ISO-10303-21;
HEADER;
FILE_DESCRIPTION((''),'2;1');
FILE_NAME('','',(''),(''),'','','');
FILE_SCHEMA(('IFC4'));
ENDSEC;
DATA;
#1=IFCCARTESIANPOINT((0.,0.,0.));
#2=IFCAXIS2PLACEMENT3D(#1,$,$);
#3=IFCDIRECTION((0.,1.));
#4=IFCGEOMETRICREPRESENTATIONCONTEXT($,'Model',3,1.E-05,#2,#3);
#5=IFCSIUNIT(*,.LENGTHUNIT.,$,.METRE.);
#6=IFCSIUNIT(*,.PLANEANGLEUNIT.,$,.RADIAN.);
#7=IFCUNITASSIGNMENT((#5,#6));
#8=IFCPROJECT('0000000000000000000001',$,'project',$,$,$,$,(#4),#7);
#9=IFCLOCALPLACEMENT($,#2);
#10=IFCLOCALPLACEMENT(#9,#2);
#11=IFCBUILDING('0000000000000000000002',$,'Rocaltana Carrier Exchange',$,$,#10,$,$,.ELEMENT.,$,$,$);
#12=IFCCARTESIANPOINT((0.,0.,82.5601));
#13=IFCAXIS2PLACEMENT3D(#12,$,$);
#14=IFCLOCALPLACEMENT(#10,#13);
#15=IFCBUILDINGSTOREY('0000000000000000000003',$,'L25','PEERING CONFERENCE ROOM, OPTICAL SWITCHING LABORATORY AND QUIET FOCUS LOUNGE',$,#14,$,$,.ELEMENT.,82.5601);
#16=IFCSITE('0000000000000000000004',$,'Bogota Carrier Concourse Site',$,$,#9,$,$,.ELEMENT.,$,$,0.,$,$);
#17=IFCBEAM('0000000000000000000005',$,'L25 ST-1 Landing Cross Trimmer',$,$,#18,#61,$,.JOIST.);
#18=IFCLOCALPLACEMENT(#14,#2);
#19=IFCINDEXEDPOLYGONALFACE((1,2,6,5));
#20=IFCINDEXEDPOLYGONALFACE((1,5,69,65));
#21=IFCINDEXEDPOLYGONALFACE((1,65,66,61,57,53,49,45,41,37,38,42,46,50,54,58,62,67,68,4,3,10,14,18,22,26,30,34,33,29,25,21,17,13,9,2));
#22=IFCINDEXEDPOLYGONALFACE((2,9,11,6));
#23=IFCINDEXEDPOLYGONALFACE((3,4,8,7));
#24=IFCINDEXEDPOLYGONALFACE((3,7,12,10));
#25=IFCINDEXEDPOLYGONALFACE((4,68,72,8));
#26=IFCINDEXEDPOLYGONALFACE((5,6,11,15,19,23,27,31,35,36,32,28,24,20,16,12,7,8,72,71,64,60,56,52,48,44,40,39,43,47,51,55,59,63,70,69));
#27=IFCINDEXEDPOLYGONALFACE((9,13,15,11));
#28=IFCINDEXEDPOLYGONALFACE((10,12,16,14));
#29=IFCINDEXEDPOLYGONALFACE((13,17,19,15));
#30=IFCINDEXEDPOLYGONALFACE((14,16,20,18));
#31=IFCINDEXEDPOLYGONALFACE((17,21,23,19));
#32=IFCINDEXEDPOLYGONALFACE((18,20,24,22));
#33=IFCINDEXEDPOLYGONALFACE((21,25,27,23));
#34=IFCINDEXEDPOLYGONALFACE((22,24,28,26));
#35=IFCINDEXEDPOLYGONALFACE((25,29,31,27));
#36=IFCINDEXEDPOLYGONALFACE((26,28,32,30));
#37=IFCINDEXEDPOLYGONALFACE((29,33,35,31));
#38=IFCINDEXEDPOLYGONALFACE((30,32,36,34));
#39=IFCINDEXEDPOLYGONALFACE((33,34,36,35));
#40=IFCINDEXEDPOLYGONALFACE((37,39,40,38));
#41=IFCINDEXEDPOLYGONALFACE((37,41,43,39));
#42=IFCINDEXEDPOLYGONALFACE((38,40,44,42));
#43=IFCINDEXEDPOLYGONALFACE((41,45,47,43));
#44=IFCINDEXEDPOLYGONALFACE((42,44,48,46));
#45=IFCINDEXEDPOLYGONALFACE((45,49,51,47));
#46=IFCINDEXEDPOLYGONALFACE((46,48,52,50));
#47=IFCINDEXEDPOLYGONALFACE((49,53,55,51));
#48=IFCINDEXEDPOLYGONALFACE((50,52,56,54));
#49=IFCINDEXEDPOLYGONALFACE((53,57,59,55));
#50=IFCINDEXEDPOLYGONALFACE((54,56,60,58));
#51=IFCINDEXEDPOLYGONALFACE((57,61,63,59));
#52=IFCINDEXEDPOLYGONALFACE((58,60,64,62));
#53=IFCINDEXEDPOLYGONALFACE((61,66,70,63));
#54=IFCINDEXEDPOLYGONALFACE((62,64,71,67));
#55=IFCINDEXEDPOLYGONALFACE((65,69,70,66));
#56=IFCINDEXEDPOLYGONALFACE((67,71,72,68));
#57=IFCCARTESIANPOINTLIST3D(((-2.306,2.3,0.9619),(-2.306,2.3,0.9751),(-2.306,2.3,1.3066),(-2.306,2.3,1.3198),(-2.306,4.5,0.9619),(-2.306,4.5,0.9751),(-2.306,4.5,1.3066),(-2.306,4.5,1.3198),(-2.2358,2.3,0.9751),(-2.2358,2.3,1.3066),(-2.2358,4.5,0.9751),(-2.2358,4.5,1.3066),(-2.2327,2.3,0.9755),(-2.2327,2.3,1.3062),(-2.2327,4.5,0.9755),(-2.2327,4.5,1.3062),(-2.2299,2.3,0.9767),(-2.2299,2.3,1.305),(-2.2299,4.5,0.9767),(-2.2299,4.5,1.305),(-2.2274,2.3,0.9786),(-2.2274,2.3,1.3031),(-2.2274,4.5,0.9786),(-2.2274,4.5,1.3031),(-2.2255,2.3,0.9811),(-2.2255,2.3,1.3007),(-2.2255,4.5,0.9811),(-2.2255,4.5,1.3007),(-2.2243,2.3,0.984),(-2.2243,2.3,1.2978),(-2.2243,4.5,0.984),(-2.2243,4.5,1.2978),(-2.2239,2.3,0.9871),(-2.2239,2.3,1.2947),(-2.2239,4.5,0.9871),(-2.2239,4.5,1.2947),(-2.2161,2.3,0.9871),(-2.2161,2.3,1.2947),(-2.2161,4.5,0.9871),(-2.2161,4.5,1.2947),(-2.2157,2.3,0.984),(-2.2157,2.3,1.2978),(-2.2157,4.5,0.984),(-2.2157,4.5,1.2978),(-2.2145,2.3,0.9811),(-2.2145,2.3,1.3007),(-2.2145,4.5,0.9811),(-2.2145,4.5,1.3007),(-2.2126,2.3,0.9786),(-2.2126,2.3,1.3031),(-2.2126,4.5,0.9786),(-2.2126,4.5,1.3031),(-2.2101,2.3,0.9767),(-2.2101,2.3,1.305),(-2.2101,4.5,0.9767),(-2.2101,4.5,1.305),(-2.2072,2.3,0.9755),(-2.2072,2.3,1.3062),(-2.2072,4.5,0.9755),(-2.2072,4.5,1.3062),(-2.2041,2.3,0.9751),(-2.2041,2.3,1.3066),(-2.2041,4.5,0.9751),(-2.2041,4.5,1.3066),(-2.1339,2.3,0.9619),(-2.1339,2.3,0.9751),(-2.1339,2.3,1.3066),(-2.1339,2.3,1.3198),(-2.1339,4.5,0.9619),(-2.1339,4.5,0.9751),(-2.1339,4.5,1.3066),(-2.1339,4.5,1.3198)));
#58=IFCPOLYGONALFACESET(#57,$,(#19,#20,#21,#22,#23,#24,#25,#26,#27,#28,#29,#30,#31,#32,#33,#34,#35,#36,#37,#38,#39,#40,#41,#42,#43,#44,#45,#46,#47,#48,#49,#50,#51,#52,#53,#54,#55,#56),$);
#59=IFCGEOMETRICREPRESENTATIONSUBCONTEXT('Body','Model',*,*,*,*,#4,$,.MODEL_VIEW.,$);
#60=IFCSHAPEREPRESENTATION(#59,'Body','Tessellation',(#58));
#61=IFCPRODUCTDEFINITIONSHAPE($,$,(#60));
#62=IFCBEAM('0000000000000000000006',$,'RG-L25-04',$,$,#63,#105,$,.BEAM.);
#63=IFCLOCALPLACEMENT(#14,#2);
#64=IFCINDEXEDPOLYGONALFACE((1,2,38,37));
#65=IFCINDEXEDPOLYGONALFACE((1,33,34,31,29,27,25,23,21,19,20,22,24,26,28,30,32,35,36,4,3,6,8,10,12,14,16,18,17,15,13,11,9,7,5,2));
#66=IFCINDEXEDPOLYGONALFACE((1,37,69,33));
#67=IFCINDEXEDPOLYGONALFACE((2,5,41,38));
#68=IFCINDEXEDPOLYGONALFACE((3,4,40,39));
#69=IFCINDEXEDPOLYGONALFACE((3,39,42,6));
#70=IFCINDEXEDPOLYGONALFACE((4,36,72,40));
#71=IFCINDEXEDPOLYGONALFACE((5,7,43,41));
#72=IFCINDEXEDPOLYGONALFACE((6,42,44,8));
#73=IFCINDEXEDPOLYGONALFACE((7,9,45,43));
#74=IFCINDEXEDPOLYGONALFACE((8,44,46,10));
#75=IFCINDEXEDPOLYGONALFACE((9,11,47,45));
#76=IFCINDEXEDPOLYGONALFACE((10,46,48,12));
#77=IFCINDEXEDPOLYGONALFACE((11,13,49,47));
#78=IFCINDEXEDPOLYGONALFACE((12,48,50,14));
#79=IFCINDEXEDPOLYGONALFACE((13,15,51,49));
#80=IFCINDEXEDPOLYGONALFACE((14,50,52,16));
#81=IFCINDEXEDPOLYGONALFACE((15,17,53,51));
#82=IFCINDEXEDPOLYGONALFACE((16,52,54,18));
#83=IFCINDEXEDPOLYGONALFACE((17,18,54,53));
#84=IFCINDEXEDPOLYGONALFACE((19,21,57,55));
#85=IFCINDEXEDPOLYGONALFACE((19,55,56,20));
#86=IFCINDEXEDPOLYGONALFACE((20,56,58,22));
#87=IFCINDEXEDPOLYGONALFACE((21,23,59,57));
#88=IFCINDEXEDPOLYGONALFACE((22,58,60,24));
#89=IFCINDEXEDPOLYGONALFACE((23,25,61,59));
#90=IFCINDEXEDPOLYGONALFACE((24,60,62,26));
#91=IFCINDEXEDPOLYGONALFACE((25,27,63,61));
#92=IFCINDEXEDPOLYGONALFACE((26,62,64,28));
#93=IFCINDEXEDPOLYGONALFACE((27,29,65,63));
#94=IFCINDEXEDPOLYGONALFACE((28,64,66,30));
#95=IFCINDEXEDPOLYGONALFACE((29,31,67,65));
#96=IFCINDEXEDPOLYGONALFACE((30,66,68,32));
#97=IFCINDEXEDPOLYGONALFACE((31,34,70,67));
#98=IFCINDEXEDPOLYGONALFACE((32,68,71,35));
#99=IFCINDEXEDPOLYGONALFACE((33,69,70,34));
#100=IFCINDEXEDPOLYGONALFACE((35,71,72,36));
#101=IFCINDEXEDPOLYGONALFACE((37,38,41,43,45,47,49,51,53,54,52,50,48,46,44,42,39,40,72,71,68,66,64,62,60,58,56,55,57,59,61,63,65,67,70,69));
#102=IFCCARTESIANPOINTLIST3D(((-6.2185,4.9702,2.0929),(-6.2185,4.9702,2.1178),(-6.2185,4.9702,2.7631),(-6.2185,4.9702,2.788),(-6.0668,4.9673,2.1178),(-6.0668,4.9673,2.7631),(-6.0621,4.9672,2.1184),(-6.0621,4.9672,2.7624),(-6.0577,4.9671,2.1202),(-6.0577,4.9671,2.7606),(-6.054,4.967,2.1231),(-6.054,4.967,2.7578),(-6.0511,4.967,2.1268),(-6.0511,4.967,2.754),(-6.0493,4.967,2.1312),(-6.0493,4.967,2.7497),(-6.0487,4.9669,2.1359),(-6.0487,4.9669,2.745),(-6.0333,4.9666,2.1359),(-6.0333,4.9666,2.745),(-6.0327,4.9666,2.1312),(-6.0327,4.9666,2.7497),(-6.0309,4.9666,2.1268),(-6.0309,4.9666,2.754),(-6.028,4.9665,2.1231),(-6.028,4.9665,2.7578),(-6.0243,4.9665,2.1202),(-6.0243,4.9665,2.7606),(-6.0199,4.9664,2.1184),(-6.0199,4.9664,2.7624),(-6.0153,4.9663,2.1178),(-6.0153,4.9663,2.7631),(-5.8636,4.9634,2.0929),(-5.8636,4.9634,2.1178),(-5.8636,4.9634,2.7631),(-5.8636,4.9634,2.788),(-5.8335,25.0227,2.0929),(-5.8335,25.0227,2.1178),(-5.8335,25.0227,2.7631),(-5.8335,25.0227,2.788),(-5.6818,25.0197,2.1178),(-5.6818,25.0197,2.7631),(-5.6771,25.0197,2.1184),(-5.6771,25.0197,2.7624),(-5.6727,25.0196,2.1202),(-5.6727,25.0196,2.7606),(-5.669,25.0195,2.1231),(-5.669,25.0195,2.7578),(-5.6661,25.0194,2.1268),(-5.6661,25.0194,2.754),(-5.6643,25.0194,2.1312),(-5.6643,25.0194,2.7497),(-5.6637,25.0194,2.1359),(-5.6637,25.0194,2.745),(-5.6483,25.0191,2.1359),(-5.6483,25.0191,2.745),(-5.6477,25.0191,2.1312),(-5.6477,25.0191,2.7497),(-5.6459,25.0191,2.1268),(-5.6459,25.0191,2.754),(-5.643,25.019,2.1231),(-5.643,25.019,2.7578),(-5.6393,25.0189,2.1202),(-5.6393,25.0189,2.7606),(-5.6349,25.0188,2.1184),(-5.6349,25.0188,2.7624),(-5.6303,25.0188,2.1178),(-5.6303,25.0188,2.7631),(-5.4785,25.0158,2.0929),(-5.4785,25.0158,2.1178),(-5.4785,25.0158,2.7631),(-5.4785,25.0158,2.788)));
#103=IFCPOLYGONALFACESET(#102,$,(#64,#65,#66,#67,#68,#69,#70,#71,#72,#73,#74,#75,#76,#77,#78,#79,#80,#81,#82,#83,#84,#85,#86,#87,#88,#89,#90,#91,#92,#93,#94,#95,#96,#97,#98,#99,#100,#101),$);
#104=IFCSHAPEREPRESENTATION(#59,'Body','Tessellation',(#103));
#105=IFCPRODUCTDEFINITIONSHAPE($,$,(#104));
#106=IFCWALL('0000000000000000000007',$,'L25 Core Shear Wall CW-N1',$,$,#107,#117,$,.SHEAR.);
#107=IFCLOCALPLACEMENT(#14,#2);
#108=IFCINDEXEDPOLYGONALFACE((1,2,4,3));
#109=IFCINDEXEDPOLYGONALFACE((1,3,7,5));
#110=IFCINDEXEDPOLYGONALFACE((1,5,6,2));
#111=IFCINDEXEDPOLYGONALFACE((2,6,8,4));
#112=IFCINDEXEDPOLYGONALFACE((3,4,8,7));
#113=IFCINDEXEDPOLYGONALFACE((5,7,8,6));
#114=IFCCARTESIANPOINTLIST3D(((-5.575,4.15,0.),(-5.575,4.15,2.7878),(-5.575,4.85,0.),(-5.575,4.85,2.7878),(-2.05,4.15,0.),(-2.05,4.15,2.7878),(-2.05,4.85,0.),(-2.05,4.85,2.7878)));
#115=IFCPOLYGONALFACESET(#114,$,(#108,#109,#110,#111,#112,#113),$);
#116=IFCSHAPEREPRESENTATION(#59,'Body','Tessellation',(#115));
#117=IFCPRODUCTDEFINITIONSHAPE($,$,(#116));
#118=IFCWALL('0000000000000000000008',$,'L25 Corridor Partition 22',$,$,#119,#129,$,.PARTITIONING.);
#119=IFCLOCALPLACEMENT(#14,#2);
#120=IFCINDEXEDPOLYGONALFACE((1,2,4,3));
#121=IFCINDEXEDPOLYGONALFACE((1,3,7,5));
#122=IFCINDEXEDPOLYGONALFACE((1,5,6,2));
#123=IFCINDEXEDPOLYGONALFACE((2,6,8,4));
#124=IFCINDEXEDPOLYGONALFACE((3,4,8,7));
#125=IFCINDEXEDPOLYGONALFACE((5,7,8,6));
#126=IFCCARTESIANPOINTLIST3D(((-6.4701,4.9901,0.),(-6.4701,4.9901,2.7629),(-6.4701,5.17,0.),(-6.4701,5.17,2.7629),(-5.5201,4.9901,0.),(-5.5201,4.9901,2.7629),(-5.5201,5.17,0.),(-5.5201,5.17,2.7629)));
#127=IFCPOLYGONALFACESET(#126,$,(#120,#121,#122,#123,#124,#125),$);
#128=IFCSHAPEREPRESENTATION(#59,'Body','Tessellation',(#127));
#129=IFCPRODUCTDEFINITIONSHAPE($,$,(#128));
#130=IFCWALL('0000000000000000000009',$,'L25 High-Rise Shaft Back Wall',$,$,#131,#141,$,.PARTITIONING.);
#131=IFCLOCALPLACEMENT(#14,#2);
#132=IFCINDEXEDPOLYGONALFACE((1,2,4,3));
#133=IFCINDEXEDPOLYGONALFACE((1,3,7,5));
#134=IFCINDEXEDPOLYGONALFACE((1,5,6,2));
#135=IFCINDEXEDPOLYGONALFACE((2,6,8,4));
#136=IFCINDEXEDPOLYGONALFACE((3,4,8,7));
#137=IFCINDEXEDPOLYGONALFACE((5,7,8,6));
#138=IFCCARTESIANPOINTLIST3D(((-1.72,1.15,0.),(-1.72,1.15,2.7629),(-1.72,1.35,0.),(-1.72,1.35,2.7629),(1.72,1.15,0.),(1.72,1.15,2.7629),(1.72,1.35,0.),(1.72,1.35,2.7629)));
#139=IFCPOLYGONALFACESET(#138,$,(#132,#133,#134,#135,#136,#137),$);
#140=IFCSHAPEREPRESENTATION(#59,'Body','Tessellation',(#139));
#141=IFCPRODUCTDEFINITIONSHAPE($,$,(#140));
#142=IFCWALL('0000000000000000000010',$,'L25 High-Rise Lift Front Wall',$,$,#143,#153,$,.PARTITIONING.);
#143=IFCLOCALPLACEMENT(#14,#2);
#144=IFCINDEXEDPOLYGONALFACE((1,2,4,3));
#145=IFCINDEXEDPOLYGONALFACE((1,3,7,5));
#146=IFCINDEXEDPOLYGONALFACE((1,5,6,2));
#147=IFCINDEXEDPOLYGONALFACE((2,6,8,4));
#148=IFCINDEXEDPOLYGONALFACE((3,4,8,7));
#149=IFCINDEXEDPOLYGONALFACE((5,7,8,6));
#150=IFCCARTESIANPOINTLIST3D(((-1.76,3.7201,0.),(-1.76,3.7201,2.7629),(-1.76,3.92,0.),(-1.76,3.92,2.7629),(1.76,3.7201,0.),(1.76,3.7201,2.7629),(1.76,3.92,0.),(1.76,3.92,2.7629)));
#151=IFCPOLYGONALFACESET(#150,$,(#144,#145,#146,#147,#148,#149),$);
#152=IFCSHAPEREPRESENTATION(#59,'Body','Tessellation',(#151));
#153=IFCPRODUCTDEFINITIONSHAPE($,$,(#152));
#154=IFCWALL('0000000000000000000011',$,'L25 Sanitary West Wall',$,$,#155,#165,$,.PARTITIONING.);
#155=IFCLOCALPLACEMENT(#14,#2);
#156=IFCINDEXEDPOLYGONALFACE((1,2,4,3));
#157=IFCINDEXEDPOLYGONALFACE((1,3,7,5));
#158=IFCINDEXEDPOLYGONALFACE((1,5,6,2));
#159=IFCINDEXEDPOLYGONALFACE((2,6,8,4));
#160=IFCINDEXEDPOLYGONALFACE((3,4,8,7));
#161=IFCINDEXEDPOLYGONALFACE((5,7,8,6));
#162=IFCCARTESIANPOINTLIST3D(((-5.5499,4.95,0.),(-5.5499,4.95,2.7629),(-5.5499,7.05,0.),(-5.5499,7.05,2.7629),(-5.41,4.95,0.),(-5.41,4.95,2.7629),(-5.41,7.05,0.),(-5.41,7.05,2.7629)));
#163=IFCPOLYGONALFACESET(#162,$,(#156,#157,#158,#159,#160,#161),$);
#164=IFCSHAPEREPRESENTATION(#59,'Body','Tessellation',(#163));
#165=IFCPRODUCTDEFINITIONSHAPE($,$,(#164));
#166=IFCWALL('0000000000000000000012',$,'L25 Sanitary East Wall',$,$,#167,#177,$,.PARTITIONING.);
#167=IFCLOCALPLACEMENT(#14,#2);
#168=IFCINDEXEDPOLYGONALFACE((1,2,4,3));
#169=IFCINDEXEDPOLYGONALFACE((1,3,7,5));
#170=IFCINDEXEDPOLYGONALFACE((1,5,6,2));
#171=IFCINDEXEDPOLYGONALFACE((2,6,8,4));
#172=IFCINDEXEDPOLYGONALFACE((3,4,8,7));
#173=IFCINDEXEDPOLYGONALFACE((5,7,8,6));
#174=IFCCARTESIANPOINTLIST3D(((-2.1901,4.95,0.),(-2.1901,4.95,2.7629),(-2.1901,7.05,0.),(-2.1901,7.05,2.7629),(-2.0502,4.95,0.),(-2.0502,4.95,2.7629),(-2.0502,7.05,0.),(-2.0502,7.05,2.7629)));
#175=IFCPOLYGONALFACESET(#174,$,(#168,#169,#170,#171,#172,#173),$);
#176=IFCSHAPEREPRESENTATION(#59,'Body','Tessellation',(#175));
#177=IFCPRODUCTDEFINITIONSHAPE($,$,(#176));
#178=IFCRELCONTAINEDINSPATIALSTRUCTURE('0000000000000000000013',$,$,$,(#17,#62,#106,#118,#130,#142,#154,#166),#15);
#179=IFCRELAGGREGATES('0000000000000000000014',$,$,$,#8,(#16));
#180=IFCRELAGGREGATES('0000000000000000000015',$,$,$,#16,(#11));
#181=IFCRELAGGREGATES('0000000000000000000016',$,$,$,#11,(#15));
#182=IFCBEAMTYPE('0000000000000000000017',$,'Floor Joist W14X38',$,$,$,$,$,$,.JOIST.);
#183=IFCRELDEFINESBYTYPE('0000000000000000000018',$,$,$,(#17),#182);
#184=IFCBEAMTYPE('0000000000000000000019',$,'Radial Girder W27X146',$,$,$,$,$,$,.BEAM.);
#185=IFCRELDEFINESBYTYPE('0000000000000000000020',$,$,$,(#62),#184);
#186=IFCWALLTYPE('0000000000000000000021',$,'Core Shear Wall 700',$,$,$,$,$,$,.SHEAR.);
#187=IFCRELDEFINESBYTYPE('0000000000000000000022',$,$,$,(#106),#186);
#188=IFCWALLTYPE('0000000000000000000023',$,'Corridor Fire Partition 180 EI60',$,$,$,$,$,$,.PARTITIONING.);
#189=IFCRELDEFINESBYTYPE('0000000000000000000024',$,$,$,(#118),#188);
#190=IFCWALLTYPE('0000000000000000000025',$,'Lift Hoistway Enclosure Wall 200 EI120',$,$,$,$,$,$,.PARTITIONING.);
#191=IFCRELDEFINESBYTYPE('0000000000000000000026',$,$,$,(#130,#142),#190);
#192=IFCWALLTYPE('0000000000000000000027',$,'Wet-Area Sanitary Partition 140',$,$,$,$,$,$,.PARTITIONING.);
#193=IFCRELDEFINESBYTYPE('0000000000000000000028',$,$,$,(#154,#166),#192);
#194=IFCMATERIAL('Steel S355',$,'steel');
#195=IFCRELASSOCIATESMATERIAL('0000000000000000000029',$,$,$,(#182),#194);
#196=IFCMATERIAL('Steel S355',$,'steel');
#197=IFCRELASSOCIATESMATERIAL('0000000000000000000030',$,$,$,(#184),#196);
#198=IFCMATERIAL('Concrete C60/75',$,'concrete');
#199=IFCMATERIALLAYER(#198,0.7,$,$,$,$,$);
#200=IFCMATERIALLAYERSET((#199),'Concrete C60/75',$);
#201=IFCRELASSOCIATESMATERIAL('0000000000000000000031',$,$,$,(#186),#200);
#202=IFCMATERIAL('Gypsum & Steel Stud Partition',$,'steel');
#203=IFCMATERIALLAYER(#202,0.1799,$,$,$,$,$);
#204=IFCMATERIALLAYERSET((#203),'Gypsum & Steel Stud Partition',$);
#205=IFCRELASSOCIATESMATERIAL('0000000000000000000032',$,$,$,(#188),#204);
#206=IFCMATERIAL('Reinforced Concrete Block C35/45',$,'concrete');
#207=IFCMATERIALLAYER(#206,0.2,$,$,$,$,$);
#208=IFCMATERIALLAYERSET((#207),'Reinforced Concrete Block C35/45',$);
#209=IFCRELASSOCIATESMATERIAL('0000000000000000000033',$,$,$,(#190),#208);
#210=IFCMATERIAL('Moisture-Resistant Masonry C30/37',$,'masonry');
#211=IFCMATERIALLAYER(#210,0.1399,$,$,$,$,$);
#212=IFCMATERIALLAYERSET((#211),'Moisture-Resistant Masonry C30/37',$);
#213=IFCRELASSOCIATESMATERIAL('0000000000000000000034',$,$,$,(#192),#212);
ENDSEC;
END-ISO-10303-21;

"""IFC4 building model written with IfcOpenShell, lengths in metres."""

from ifc_helpers import new_model, si_unit, direction, frame, frame_2d, origin, origin_2d, place, context, subcontext, project, spatial, rectangle, i_section, extrude, material, layer, layer_set, material_profile, profile_set, type_object, element, save


model = new_model("IFC4")

# Units and contexts
model_context = context("Model", 3, precision=1e-05, world=origin(), true_north=direction((0.0, 1.0)))
body_context = subcontext(model_context, "Body", "Model", "MODEL_VIEW")
ifc_project = project(units=[si_unit("LENGTHUNIT", "METRE"), si_unit("PLANEANGLEUNIT", "RADIAN")], contexts=[model_context])

# Site, building, storey
site_placement = place(None, origin())
site = spatial("IfcSite", under=ifc_project, at=site_placement, Name="Bogota Carrier Concourse Site", CompositionType="ELEMENT", RefElevation=0.0)
building_placement = place(site_placement, origin())
building = spatial("IfcBuilding", under=site, at=building_placement, Name="Rocaltana Carrier Exchange", CompositionType="ELEMENT")
storey_placement = place(building_placement, frame((0.0, 0.0, 82.5601)))
storey = spatial("IfcBuildingStorey", under=building, at=storey_placement, Name="L25", Description="PEERING CONFERENCE ROOM, OPTICAL SWITCHING LABORATORY AND QUIET FOCUS LOUNGE", CompositionType="ELEMENT", Elevation=82.5601)

# Beams
ifc_material_1 = material(Name="Steel S355", Category="steel")
ifc_material_profile_1 = material_profile(ifc_material_1, i_section(OverallWidth=0.1721, OverallDepth=0.3579, WebThickness=0.0078, FlangeThickness=0.0132, FilletRadius=0.012, at=origin_2d()), Name="W14X38")
ifc_profile_set_1 = profile_set([ifc_material_profile_1], Name="Steel S355")
beam_type_1 = type_object("IfcBeamType", Name="Floor Joist W14X38", PredefinedType="JOIST", material=ifc_profile_set_1)
beam_1_placement = place(storey_placement, frame((-2.22, 2.3, 1.1409), z_axis=(0.0, 1.0, 0.0), x_axis=(-1.0, 0.0, 0.0)))
element("IfcBeam", 1, at=beam_1_placement, inside=storey, type_object=beam_type_1, Name="L25 ST-1 Landing Cross Trimmer", PredefinedType="JOIST", context=body_context, shape_type="SweptSolid", body=[
    extrude(i_section(OverallWidth=0.1721, OverallDepth=0.3579, WebThickness=0.0078, FlangeThickness=0.0132, FilletRadius=0.012, at=origin_2d()), origin(), (0.0, 0.0, 1.0), 2.2),
])
ifc_material_2 = material(Name="Steel S355", Category="steel")
ifc_material_profile_2 = material_profile(ifc_material_2, i_section(OverallWidth=0.355, OverallDepth=0.6951, WebThickness=0.0154, FlangeThickness=0.0249, FilletRadius=0.0181, at=origin_2d()), Name="W27X146")
ifc_profile_set_2 = profile_set([ifc_material_profile_2], Name="Steel S355")
beam_type_2 = type_object("IfcBeamType", Name="Radial Girder W27X146", PredefinedType="BEAM", material=ifc_profile_set_2)
beam_2_placement = place(storey_placement, frame((-6.041, 4.9668, 2.4404), z_axis=(0.019197, 0.999816, 0.0), x_axis=(-0.999816, 0.019197, 0.0)))
element("IfcBeam", 2, at=beam_2_placement, inside=storey, type_object=beam_type_2, Name="RG-L25-04", PredefinedType="BEAM", context=body_context, shape_type="SweptSolid", body=[
    extrude(i_section(OverallWidth=0.355, OverallDepth=0.6951, WebThickness=0.0154, FlangeThickness=0.0249, FilletRadius=0.0181, at=origin_2d()), origin(), (0.0, 0.0, 1.0), 20.0562),
])

# Walls
ifc_material_3 = material(Name="Concrete C60/75", Category="concrete")
ifc_layer_1 = layer(ifc_material_3, 0.7)
ifc_layer_set_1 = layer_set([ifc_layer_1], Name="Concrete C60/75")
wall_type_1 = type_object("IfcWallType", Name="Core Shear Wall 700", PredefinedType="SHEAR", material=ifc_layer_set_1)
wall_1_placement = place(storey_placement, frame((-5.575, 4.5, 0.0), z_axis=(0.0, 0.0, 1.0), x_axis=(1.0, 0.0, 0.0)))
element("IfcWall", 3, at=wall_1_placement, inside=storey, type_object=wall_type_1, Name="L25 Core Shear Wall CW-N1", PredefinedType="SHEAR", context=body_context, shape_type="SweptSolid", body=[
    extrude(rectangle(XDim=3.5249, YDim=0.7, at=frame_2d((1.7625, 0.0))), origin(), (0.0, 0.0, 1.0), 2.7878),
])
ifc_material_4 = material(Name="Gypsum & Steel Stud Partition", Category="steel")
ifc_layer_2 = layer(ifc_material_4, 0.1799)
ifc_layer_set_2 = layer_set([ifc_layer_2], Name="Gypsum & Steel Stud Partition")
wall_type_2 = type_object("IfcWallType", Name="Corridor Fire Partition 180 EI60", PredefinedType="PARTITIONING", material=ifc_layer_set_2)
wall_2_placement = place(storey_placement, frame((-5.52, 5.0801, 0.0), z_axis=(0.0, 0.0, 1.0), x_axis=(-1.0, 0.0, 0.0)))
element("IfcWall", 4, at=wall_2_placement, inside=storey, type_object=wall_type_2, Name="L25 Corridor Partition 22", PredefinedType="PARTITIONING", context=body_context, shape_type="SweptSolid", body=[
    extrude(rectangle(XDim=0.95, YDim=0.1799, at=frame_2d((0.4751, 0.0))), origin(), (0.0, 0.0, 1.0), 2.7629),
])
ifc_material_5 = material(Name="Reinforced Concrete Block C35/45", Category="concrete")
ifc_layer_3 = layer(ifc_material_5, 0.2)
ifc_layer_set_3 = layer_set([ifc_layer_3], Name="Reinforced Concrete Block C35/45")
wall_type_3 = type_object("IfcWallType", Name="Lift Hoistway Enclosure Wall 200 EI120", PredefinedType="PARTITIONING", material=ifc_layer_set_3)
wall_3_placement = place(storey_placement, frame((-1.72, 1.25, 0.0), z_axis=(0.0, 0.0, 1.0), x_axis=(1.0, 0.0, 0.0)))
element("IfcWall", 5, at=wall_3_placement, inside=storey, type_object=wall_type_3, Name="L25 High-Rise Shaft Back Wall", PredefinedType="PARTITIONING", context=body_context, shape_type="SweptSolid", body=[
    extrude(rectangle(XDim=3.4399, YDim=0.2, at=frame_2d((1.72, 0.0))), origin(), (0.0, 0.0, 1.0), 2.7629),
])
wall_4_placement = place(storey_placement, frame((-1.76, 3.8201, 0.0), z_axis=(0.0, 0.0, 1.0), x_axis=(1.0, 0.0, 0.0)))
element("IfcWall", 6, at=wall_4_placement, inside=storey, type_object=wall_type_3, Name="L25 High-Rise Lift Front Wall", PredefinedType="PARTITIONING", context=body_context, shape_type="SweptSolid", body=[
    extrude(rectangle(XDim=3.52, YDim=0.2, at=frame_2d((1.76, 0.0))), origin(), (0.0, 0.0, 1.0), 2.7629),
])
ifc_material_6 = material(Name="Moisture-Resistant Masonry C30/37", Category="masonry")
ifc_layer_4 = layer(ifc_material_6, 0.1399)
ifc_layer_set_4 = layer_set([ifc_layer_4], Name="Moisture-Resistant Masonry C30/37")
wall_type_4 = type_object("IfcWallType", Name="Wet-Area Sanitary Partition 140", PredefinedType="PARTITIONING", material=ifc_layer_set_4)
for number, where, z_axis, x_axis, name in (
    (7, (-5.48, 4.95, 0.0), (0.0, 0.0, 1.0), (0.0, 1.0, 0.0), "L25 Sanitary West Wall"),
    (8, (-2.1201, 4.95, 0.0), (0.0, 0.0, 1.0), (0.0, 1.0, 0.0), "L25 Sanitary East Wall"),
):
    element("IfcWall", number, at=place(storey_placement, frame(where, z_axis=z_axis, x_axis=x_axis)), inside=storey, type_object=wall_type_4, Name=name, PredefinedType="PARTITIONING", context=body_context, shape_type="SweptSolid", body=[
        extrude(rectangle(XDim=2.1001, YDim=0.1399, at=frame_2d((1.05, 0.0))), origin(), (0.0, 0.0, 1.0), 2.7629),
    ])

save(model, "model.ifc")
